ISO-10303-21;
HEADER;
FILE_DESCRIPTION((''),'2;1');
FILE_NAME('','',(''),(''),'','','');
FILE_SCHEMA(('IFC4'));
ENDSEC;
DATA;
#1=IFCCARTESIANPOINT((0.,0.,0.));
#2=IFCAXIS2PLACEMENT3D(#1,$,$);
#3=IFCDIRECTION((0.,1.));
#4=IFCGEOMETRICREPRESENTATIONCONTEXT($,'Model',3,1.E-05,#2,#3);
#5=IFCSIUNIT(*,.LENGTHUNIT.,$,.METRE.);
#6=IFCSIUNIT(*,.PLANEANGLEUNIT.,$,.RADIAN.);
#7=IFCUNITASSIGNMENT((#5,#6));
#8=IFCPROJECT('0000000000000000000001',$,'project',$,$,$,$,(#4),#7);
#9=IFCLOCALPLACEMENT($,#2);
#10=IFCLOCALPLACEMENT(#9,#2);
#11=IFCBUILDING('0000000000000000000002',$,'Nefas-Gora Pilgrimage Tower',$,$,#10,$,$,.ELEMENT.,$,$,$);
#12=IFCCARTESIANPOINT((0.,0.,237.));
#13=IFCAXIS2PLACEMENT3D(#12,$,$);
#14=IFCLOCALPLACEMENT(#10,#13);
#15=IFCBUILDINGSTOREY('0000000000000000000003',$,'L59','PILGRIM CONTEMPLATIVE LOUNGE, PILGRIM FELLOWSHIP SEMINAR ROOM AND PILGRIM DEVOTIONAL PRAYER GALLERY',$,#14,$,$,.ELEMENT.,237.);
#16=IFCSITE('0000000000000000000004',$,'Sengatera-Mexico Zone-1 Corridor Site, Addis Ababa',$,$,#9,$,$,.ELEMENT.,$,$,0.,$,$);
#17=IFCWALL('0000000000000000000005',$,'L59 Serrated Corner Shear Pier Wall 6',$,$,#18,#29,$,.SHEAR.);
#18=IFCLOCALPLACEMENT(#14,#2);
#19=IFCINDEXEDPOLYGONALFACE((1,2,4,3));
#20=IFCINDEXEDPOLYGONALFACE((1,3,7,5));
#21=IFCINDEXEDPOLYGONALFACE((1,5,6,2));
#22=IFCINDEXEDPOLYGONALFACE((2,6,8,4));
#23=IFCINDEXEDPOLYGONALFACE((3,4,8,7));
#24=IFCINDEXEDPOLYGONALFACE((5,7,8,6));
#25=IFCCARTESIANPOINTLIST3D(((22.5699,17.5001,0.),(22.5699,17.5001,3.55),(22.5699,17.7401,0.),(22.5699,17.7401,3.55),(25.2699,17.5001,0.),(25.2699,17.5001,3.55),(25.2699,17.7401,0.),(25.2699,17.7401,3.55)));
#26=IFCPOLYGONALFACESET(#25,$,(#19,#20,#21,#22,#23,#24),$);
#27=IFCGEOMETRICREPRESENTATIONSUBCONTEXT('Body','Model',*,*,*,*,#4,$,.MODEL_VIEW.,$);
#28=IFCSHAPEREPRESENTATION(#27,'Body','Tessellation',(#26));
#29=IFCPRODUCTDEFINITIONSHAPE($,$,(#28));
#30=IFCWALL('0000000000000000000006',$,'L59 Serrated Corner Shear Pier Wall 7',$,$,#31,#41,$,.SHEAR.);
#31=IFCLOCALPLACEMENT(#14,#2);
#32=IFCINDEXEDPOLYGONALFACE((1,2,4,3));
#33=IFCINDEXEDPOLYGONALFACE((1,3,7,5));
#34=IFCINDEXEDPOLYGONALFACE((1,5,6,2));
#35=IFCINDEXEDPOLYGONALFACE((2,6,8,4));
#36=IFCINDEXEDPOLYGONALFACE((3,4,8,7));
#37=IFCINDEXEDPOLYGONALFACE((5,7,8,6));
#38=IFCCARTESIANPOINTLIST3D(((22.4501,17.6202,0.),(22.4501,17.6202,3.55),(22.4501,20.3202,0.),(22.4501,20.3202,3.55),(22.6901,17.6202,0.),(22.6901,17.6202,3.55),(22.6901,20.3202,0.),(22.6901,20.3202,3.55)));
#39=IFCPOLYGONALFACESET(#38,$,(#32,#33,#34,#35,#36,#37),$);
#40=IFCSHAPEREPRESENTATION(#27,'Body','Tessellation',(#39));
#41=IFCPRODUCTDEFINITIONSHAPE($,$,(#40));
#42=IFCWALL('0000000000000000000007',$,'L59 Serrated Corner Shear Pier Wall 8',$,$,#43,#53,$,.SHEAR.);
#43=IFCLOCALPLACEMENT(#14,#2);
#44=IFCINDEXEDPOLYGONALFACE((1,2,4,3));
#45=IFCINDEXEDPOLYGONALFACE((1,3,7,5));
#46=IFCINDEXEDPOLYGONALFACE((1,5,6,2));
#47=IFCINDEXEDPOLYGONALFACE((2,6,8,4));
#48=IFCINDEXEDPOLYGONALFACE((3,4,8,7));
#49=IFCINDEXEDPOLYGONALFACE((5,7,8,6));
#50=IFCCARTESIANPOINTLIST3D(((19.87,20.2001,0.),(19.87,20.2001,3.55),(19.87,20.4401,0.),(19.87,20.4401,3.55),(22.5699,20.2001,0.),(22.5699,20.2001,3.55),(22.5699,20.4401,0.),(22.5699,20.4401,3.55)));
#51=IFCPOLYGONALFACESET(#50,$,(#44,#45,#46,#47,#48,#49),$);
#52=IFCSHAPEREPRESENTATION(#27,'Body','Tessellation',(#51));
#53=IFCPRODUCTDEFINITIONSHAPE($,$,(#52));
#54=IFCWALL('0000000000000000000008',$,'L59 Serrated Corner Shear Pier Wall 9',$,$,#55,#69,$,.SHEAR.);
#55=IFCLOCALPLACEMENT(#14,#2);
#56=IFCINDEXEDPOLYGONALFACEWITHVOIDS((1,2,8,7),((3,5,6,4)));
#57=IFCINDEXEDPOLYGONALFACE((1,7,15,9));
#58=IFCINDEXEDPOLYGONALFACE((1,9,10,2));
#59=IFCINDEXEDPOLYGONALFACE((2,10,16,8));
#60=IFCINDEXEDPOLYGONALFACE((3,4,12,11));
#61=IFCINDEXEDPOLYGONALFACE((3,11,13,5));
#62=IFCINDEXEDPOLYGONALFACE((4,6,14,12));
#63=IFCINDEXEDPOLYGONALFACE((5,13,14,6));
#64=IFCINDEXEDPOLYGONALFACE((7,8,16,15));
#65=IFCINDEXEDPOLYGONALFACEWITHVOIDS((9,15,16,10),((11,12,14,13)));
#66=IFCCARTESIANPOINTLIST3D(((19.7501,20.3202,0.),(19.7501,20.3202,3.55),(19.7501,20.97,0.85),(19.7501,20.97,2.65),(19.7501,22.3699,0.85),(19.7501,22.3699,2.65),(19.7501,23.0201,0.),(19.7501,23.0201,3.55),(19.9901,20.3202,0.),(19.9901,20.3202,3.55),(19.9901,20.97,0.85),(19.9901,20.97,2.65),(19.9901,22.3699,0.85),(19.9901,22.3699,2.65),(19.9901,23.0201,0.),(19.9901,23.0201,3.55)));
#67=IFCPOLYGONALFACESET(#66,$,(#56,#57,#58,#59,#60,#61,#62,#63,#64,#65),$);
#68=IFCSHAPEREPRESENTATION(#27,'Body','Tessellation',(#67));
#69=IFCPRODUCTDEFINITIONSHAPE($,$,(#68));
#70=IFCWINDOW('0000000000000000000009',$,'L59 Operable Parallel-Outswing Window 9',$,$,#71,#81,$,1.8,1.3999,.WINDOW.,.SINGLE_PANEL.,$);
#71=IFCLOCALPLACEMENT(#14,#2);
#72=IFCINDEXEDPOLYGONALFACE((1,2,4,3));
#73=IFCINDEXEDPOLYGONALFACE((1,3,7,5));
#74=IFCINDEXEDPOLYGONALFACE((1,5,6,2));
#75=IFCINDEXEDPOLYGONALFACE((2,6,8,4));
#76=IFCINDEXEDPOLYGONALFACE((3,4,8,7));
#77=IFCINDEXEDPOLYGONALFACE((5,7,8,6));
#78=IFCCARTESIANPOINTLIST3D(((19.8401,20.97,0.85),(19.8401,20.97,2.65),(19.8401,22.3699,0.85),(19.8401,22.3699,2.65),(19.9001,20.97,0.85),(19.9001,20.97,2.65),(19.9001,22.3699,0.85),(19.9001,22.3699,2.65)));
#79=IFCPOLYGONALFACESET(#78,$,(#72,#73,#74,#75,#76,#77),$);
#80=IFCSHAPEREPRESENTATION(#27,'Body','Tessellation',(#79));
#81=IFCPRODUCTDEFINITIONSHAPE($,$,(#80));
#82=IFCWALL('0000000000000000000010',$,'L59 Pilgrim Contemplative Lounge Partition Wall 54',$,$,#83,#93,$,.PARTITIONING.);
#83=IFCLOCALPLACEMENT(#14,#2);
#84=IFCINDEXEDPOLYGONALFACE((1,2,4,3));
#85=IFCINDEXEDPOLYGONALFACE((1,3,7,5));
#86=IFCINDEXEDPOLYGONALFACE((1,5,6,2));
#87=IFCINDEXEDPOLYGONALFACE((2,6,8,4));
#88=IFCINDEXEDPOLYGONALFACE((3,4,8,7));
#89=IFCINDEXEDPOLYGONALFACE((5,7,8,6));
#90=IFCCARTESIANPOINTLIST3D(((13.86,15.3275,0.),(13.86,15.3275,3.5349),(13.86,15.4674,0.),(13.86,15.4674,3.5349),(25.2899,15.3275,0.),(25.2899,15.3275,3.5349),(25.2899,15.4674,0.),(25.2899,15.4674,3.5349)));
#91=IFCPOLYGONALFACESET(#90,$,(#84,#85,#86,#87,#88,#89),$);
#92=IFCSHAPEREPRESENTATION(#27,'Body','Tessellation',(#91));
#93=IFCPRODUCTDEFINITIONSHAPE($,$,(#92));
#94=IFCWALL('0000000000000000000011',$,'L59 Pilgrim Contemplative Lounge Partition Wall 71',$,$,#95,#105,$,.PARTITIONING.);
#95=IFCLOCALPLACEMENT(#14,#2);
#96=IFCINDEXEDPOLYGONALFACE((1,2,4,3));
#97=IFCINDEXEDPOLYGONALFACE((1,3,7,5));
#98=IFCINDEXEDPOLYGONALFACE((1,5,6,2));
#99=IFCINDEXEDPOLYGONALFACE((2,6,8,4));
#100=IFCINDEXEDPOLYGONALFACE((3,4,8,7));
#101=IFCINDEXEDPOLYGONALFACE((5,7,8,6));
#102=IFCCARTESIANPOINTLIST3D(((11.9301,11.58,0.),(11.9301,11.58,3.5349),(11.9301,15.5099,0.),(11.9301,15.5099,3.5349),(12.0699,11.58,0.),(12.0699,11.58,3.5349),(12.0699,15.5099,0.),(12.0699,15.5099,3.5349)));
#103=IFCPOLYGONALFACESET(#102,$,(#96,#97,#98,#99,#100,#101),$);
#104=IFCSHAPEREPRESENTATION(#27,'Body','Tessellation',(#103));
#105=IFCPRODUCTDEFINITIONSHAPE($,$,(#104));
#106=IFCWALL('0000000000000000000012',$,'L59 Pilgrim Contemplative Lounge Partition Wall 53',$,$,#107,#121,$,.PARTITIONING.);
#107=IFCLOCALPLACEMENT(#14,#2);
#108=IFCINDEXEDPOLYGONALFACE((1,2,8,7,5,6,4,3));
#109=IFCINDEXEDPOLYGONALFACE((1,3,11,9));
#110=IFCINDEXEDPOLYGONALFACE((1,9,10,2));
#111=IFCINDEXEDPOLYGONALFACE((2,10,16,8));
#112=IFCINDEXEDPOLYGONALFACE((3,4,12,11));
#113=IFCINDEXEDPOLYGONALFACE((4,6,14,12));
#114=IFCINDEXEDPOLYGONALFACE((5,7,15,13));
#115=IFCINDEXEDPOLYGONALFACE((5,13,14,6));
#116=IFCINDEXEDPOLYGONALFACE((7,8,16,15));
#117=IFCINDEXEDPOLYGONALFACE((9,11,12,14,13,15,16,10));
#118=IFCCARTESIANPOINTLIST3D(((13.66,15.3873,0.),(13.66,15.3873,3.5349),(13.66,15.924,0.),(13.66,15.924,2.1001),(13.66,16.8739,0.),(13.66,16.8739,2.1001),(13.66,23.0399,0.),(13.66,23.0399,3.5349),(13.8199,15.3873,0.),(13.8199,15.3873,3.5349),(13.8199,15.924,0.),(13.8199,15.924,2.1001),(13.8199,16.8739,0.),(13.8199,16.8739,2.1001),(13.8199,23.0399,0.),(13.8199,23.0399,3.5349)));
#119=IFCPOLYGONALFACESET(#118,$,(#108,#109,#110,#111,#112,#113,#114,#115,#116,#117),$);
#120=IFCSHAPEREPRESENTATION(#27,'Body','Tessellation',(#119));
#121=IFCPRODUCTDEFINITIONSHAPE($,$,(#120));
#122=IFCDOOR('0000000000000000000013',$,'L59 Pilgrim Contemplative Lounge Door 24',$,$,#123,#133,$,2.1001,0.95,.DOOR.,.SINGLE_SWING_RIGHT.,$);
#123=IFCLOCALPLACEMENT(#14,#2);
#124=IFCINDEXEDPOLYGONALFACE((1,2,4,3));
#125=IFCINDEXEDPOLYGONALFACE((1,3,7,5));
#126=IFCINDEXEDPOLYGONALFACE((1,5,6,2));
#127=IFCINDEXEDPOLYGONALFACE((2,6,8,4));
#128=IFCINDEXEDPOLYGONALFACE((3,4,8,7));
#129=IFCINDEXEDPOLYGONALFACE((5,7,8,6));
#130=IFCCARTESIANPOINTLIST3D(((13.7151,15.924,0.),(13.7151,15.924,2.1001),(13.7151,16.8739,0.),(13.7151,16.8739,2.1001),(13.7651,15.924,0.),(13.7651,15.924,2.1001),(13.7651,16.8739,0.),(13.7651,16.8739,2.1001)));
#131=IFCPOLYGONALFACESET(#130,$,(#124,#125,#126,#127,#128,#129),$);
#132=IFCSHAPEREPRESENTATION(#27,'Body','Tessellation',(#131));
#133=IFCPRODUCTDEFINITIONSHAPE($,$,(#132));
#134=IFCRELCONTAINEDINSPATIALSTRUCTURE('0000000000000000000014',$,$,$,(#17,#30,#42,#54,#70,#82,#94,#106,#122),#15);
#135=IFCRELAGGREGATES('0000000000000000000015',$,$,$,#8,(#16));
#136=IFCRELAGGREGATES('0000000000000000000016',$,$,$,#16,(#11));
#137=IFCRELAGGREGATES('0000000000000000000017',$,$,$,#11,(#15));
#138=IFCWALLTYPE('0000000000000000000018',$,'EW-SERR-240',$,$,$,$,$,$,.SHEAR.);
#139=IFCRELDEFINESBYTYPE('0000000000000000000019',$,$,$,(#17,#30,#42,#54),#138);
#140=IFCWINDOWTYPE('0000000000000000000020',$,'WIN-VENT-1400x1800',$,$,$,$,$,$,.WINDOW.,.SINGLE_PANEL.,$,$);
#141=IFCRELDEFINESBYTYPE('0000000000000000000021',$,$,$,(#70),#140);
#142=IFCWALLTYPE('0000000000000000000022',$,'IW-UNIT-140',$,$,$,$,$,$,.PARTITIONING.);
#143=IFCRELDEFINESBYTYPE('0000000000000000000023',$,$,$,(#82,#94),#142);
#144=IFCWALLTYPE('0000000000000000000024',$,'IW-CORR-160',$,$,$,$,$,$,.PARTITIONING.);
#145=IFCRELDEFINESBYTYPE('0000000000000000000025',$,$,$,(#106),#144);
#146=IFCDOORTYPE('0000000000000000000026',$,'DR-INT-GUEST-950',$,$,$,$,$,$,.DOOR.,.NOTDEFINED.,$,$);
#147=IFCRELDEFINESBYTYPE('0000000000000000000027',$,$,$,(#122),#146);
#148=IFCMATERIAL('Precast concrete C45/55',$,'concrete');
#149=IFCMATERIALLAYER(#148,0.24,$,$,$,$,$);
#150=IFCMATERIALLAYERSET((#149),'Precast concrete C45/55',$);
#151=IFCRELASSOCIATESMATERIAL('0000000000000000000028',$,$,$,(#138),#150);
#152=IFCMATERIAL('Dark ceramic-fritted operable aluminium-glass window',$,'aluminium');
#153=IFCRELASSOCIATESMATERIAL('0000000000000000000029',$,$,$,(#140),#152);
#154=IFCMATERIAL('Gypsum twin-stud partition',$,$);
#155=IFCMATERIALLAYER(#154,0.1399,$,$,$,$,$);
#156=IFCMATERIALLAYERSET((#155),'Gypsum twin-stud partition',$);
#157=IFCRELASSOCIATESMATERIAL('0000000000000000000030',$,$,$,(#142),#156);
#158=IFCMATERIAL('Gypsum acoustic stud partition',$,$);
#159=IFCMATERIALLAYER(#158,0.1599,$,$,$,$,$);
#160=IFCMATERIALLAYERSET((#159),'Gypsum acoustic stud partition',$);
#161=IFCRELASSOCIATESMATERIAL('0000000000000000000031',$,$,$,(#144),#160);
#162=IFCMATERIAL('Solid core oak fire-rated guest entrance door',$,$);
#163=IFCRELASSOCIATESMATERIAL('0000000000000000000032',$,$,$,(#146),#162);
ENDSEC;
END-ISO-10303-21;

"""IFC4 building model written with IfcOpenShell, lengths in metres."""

from ifc_helpers import new_model, si_unit, direction, frame, frame_2d, origin, place, context, subcontext, project, spatial, rectangle, extrude, source, transform, mapped, material, layer, layer_set, type_object, element, fill, save


model = new_model("IFC4")

# Units and contexts
model_context = context("Model", 3, precision=1e-05, world=origin(), true_north=direction((0.0, 1.0)))
body_context = subcontext(model_context, "Body", "Model", "MODEL_VIEW")
ifc_project = project(units=[si_unit("LENGTHUNIT", "METRE"), si_unit("PLANEANGLEUNIT", "RADIAN")], contexts=[model_context])

# Site, building, storey
site_placement = place(None, origin())
site = spatial("IfcSite", under=ifc_project, at=site_placement, Name="Sengatera-Mexico Zone-1 Corridor Site, Addis Ababa", CompositionType="ELEMENT", RefElevation=0.0)
building_placement = place(site_placement, origin())
building = spatial("IfcBuilding", under=site, at=building_placement, Name="Nefas-Gora Pilgrimage Tower", CompositionType="ELEMENT")
storey_placement = place(building_placement, frame((0.0, 0.0, 237.0)))
storey = spatial("IfcBuildingStorey", under=building, at=storey_placement, Name="L59", Description="PILGRIM CONTEMPLATIVE LOUNGE, PILGRIM FELLOWSHIP SEMINAR ROOM AND PILGRIM DEVOTIONAL PRAYER GALLERY", CompositionType="ELEMENT", Elevation=237.0)

# Walls
ifc_material_1 = material(Name="Precast concrete C45/55", Category="concrete")
ifc_layer_1 = layer(ifc_material_1, 0.24)
ifc_layer_set_1 = layer_set([ifc_layer_1], Name="Precast concrete C45/55")
wall_type_1 = type_object("IfcWallType", Name="EW-SERR-240", PredefinedType="SHEAR", material=ifc_layer_set_1)
shared_shape_1 = source(origin(), body_context, "Body", "SweptSolid", [
    extrude(rectangle(XDim=2.7, YDim=0.24, at=frame_2d((1.3501, 0.0))), origin(), (0.0, 0.0, 1.0), 3.55),
])
for number, where, z_axis, x_axis, name in (
    (1, (25.27, 17.6201, 0.0), (0.0, 0.0, 1.0), (-1.0, 0.0, 0.0), "L59 Serrated Corner Shear Pier Wall 6"),
    (2, (22.5701, 17.6201, 0.0), (0.0, 0.0, 1.0), (0.0, 1.0, 0.0), "L59 Serrated Corner Shear Pier Wall 7"),
    (3, (22.5701, 20.3201, 0.0), (0.0, 0.0, 1.0), (-1.0, 0.0, 0.0), "L59 Serrated Corner Shear Pier Wall 8"),
):
    element("IfcWall", number, at=place(storey_placement, frame(where, z_axis=z_axis, x_axis=x_axis)), inside=storey, type_object=wall_type_1, Name=name, PredefinedType="SHEAR", context=body_context, shape_type="MappedRepresentation", body=[
        mapped(shared_shape_1, transform((0.0, 0.0, 0.0), x_axis=(1.0, 0.0, 0.0), y_axis=(0.0, 1.0, 0.0), z_axis=(0.0, 0.0, 1.0), scale=1.0)),
    ])

# Wall, opening, window
wall_1_placement = place(storey_placement, frame((19.8701, 20.3201, 0.0), z_axis=(0.0, 0.0, 1.0), x_axis=(0.0, 1.0, 0.0)))
wall_1 = element("IfcWall", 4, at=wall_1_placement, inside=storey, type_object=wall_type_1, Name="L59 Serrated Corner Shear Pier Wall 9", PredefinedType="SHEAR", context=body_context, shape_type="MappedRepresentation", body=[
    mapped(shared_shape_1, transform((0.0, 0.0, 0.0), x_axis=(1.0, 0.0, 0.0), y_axis=(0.0, 1.0, 0.0), z_axis=(0.0, 0.0, 1.0), scale=1.0)),
])
opening_1_placement = place(wall_1_placement, frame((0.6499, 0.0, 0.8501)))
opening_1 = element("IfcOpeningElement", 5, at=opening_1_placement, cuts=wall_1, PredefinedType="OPENING", context=body_context, shape_type="SweptSolid", body=[
    extrude(rectangle(XDim=1.3999, YDim=1.8, at=frame_2d((0.7, 0.8999))), frame((0.0, 0.1299, 0.0), z_axis=(0.0, -1.0, 0.0), x_axis=(1.0, 0.0, 0.0)), (0.0, 0.0, 1.0), 0.26),
])
ifc_material_2 = material(Name="Dark ceramic-fritted operable aluminium-glass window", Category="aluminium")
window_type = type_object("IfcWindowType", Name="WIN-VENT-1400x1800", PartitioningType="SINGLE_PANEL", PredefinedType="WINDOW", material=ifc_material_2)
shared_shape_2 = source(origin(), body_context, "Body", "SweptSolid", [
    extrude(rectangle(XDim=1.3999, YDim=1.8, at=frame_2d((0.7, 0.8999))), frame((0.0, 0.03, 0.0), z_axis=(0.0, -1.0, 0.0), x_axis=(1.0, 0.0, 0.0)), (0.0, 0.0, 1.0), 0.0601),
])
window_placement = place(opening_1_placement, origin())
window = element("IfcWindow", 6, at=window_placement, inside=storey, type_object=window_type, Name="L59 Operable Parallel-Outswing Window 9", OverallHeight=1.8, OverallWidth=1.3999, PartitioningType="SINGLE_PANEL", PredefinedType="WINDOW", context=body_context, shape_type="MappedRepresentation", body=[
    mapped(shared_shape_2, transform((0.0, 0.0, 0.0), x_axis=(1.0, 0.0, 0.0), y_axis=(0.0, 1.0, 0.0), z_axis=(0.0, 0.0, 1.0), scale=1.0)),
])
fill(opening_1, window)

# Walls
ifc_material_3 = material(Name="Gypsum twin-stud partition")
ifc_layer_2 = layer(ifc_material_3, 0.1399)
ifc_layer_set_2 = layer_set([ifc_layer_2], Name="Gypsum twin-stud partition")
wall_type_2 = type_object("IfcWallType", Name="IW-UNIT-140", PredefinedType="PARTITIONING", material=ifc_layer_set_2)
shared_shape_3 = source(origin(), body_context, "Body", "SweptSolid", [
    extrude(rectangle(XDim=11.4299, YDim=0.1399, at=frame_2d((5.7148, 0.0))), origin(), (0.0, 0.0, 1.0), 3.5349),
])
wall_2_placement = place(storey_placement, frame((13.8601, 15.3975, 0.0), z_axis=(0.0, 0.0, 1.0), x_axis=(1.0, 0.0, 0.0)))
element("IfcWall", 7, at=wall_2_placement, inside=storey, type_object=wall_type_2, Name="L59 Pilgrim Contemplative Lounge Partition Wall 54", PredefinedType="PARTITIONING", context=body_context, shape_type="MappedRepresentation", body=[
    mapped(shared_shape_3, transform((0.0, 0.0, 0.0), x_axis=(1.0, 0.0, 0.0), y_axis=(0.0, 1.0, 0.0), z_axis=(0.0, 0.0, 1.0), scale=1.0)),
])
shared_shape_4 = source(origin(), body_context, "Body", "SweptSolid", [
    extrude(rectangle(XDim=3.9299, YDim=0.1399, at=frame_2d((1.9648, 0.0))), origin(), (0.0, 0.0, 1.0), 3.5349),
])
wall_3_placement = place(storey_placement, frame((12.0, 11.5801, 0.0), z_axis=(0.0, 0.0, 1.0), x_axis=(0.0, 1.0, 0.0)))
element("IfcWall", 8, at=wall_3_placement, inside=storey, type_object=wall_type_2, Name="L59 Pilgrim Contemplative Lounge Partition Wall 71", PredefinedType="PARTITIONING", context=body_context, shape_type="MappedRepresentation", body=[
    mapped(shared_shape_4, transform((0.0, 0.0, 0.0), x_axis=(1.0, 0.0, 0.0), y_axis=(0.0, 1.0, 0.0), z_axis=(0.0, 0.0, 1.0), scale=1.0)),
])

# Wall, opening, door
ifc_material_4 = material(Name="Gypsum acoustic stud partition")
ifc_layer_3 = layer(ifc_material_4, 0.1599)
ifc_layer_set_3 = layer_set([ifc_layer_3], Name="Gypsum acoustic stud partition")
wall_type_3 = type_object("IfcWallType", Name="IW-CORR-160", PredefinedType="PARTITIONING", material=ifc_layer_set_3)
shared_shape_5 = source(origin(), body_context, "Body", "SweptSolid", [
    extrude(rectangle(XDim=7.6526, YDim=0.1599, at=frame_2d((3.8262, 0.0))), origin(), (0.0, 0.0, 1.0), 3.5349),
])
wall_4_placement = place(storey_placement, frame((13.74, 15.3875, 0.0), z_axis=(0.0, 0.0, 1.0), x_axis=(0.0, 1.0, 0.0)))
wall_4 = element("IfcWall", 9, at=wall_4_placement, inside=storey, type_object=wall_type_3, Name="L59 Pilgrim Contemplative Lounge Partition Wall 53", PredefinedType="PARTITIONING", context=body_context, shape_type="MappedRepresentation", body=[
    mapped(shared_shape_5, transform((0.0, 0.0, 0.0), x_axis=(1.0, 0.0, 0.0), y_axis=(0.0, 1.0, 0.0), z_axis=(0.0, 0.0, 1.0), scale=1.0)),
])
opening_2_placement = place(wall_4_placement, frame((0.5364, 0.0, 0.0)))
opening_2 = element("IfcOpeningElement", 10, at=opening_2_placement, cuts=wall_4, PredefinedType="OPENING", context=body_context, shape_type="SweptSolid", body=[
    extrude(rectangle(XDim=0.95, YDim=2.1001, at=frame_2d((0.4751, 1.05))), frame((0.0, 0.0898, 0.0), z_axis=(0.0, -1.0, 0.0), x_axis=(1.0, 0.0, 0.0)), (0.0, 0.0, 1.0), 0.1799),
])
ifc_material_5 = material(Name="Solid core oak fire-rated guest entrance door")
door_type = type_object("IfcDoorType", Name="DR-INT-GUEST-950", OperationType="NOTDEFINED", PredefinedType="DOOR", material=ifc_material_5)
shared_shape_6 = source(origin(), body_context, "Body", "SweptSolid", [
    extrude(rectangle(XDim=0.95, YDim=2.1001, at=frame_2d((0.4751, 1.05))), frame((0.0, 0.0249, 0.0), z_axis=(0.0, -1.0, 0.0), x_axis=(1.0, 0.0, 0.0)), (0.0, 0.0, 1.0), 0.05),
])
door_placement = place(opening_2_placement, origin())
door = element("IfcDoor", 11, at=door_placement, inside=storey, type_object=door_type, Name="L59 Pilgrim Contemplative Lounge Door 24", OperationType="SINGLE_SWING_RIGHT", OverallHeight=2.1001, OverallWidth=0.95, PredefinedType="DOOR", context=body_context, shape_type="MappedRepresentation", body=[
    mapped(shared_shape_6, transform((0.0, 0.0, 0.0), x_axis=(1.0, 0.0, 0.0), y_axis=(0.0, 1.0, 0.0), z_axis=(0.0, 0.0, 1.0), scale=1.0)),
])
fill(opening_2, door)

save(model, "model.ifc")
